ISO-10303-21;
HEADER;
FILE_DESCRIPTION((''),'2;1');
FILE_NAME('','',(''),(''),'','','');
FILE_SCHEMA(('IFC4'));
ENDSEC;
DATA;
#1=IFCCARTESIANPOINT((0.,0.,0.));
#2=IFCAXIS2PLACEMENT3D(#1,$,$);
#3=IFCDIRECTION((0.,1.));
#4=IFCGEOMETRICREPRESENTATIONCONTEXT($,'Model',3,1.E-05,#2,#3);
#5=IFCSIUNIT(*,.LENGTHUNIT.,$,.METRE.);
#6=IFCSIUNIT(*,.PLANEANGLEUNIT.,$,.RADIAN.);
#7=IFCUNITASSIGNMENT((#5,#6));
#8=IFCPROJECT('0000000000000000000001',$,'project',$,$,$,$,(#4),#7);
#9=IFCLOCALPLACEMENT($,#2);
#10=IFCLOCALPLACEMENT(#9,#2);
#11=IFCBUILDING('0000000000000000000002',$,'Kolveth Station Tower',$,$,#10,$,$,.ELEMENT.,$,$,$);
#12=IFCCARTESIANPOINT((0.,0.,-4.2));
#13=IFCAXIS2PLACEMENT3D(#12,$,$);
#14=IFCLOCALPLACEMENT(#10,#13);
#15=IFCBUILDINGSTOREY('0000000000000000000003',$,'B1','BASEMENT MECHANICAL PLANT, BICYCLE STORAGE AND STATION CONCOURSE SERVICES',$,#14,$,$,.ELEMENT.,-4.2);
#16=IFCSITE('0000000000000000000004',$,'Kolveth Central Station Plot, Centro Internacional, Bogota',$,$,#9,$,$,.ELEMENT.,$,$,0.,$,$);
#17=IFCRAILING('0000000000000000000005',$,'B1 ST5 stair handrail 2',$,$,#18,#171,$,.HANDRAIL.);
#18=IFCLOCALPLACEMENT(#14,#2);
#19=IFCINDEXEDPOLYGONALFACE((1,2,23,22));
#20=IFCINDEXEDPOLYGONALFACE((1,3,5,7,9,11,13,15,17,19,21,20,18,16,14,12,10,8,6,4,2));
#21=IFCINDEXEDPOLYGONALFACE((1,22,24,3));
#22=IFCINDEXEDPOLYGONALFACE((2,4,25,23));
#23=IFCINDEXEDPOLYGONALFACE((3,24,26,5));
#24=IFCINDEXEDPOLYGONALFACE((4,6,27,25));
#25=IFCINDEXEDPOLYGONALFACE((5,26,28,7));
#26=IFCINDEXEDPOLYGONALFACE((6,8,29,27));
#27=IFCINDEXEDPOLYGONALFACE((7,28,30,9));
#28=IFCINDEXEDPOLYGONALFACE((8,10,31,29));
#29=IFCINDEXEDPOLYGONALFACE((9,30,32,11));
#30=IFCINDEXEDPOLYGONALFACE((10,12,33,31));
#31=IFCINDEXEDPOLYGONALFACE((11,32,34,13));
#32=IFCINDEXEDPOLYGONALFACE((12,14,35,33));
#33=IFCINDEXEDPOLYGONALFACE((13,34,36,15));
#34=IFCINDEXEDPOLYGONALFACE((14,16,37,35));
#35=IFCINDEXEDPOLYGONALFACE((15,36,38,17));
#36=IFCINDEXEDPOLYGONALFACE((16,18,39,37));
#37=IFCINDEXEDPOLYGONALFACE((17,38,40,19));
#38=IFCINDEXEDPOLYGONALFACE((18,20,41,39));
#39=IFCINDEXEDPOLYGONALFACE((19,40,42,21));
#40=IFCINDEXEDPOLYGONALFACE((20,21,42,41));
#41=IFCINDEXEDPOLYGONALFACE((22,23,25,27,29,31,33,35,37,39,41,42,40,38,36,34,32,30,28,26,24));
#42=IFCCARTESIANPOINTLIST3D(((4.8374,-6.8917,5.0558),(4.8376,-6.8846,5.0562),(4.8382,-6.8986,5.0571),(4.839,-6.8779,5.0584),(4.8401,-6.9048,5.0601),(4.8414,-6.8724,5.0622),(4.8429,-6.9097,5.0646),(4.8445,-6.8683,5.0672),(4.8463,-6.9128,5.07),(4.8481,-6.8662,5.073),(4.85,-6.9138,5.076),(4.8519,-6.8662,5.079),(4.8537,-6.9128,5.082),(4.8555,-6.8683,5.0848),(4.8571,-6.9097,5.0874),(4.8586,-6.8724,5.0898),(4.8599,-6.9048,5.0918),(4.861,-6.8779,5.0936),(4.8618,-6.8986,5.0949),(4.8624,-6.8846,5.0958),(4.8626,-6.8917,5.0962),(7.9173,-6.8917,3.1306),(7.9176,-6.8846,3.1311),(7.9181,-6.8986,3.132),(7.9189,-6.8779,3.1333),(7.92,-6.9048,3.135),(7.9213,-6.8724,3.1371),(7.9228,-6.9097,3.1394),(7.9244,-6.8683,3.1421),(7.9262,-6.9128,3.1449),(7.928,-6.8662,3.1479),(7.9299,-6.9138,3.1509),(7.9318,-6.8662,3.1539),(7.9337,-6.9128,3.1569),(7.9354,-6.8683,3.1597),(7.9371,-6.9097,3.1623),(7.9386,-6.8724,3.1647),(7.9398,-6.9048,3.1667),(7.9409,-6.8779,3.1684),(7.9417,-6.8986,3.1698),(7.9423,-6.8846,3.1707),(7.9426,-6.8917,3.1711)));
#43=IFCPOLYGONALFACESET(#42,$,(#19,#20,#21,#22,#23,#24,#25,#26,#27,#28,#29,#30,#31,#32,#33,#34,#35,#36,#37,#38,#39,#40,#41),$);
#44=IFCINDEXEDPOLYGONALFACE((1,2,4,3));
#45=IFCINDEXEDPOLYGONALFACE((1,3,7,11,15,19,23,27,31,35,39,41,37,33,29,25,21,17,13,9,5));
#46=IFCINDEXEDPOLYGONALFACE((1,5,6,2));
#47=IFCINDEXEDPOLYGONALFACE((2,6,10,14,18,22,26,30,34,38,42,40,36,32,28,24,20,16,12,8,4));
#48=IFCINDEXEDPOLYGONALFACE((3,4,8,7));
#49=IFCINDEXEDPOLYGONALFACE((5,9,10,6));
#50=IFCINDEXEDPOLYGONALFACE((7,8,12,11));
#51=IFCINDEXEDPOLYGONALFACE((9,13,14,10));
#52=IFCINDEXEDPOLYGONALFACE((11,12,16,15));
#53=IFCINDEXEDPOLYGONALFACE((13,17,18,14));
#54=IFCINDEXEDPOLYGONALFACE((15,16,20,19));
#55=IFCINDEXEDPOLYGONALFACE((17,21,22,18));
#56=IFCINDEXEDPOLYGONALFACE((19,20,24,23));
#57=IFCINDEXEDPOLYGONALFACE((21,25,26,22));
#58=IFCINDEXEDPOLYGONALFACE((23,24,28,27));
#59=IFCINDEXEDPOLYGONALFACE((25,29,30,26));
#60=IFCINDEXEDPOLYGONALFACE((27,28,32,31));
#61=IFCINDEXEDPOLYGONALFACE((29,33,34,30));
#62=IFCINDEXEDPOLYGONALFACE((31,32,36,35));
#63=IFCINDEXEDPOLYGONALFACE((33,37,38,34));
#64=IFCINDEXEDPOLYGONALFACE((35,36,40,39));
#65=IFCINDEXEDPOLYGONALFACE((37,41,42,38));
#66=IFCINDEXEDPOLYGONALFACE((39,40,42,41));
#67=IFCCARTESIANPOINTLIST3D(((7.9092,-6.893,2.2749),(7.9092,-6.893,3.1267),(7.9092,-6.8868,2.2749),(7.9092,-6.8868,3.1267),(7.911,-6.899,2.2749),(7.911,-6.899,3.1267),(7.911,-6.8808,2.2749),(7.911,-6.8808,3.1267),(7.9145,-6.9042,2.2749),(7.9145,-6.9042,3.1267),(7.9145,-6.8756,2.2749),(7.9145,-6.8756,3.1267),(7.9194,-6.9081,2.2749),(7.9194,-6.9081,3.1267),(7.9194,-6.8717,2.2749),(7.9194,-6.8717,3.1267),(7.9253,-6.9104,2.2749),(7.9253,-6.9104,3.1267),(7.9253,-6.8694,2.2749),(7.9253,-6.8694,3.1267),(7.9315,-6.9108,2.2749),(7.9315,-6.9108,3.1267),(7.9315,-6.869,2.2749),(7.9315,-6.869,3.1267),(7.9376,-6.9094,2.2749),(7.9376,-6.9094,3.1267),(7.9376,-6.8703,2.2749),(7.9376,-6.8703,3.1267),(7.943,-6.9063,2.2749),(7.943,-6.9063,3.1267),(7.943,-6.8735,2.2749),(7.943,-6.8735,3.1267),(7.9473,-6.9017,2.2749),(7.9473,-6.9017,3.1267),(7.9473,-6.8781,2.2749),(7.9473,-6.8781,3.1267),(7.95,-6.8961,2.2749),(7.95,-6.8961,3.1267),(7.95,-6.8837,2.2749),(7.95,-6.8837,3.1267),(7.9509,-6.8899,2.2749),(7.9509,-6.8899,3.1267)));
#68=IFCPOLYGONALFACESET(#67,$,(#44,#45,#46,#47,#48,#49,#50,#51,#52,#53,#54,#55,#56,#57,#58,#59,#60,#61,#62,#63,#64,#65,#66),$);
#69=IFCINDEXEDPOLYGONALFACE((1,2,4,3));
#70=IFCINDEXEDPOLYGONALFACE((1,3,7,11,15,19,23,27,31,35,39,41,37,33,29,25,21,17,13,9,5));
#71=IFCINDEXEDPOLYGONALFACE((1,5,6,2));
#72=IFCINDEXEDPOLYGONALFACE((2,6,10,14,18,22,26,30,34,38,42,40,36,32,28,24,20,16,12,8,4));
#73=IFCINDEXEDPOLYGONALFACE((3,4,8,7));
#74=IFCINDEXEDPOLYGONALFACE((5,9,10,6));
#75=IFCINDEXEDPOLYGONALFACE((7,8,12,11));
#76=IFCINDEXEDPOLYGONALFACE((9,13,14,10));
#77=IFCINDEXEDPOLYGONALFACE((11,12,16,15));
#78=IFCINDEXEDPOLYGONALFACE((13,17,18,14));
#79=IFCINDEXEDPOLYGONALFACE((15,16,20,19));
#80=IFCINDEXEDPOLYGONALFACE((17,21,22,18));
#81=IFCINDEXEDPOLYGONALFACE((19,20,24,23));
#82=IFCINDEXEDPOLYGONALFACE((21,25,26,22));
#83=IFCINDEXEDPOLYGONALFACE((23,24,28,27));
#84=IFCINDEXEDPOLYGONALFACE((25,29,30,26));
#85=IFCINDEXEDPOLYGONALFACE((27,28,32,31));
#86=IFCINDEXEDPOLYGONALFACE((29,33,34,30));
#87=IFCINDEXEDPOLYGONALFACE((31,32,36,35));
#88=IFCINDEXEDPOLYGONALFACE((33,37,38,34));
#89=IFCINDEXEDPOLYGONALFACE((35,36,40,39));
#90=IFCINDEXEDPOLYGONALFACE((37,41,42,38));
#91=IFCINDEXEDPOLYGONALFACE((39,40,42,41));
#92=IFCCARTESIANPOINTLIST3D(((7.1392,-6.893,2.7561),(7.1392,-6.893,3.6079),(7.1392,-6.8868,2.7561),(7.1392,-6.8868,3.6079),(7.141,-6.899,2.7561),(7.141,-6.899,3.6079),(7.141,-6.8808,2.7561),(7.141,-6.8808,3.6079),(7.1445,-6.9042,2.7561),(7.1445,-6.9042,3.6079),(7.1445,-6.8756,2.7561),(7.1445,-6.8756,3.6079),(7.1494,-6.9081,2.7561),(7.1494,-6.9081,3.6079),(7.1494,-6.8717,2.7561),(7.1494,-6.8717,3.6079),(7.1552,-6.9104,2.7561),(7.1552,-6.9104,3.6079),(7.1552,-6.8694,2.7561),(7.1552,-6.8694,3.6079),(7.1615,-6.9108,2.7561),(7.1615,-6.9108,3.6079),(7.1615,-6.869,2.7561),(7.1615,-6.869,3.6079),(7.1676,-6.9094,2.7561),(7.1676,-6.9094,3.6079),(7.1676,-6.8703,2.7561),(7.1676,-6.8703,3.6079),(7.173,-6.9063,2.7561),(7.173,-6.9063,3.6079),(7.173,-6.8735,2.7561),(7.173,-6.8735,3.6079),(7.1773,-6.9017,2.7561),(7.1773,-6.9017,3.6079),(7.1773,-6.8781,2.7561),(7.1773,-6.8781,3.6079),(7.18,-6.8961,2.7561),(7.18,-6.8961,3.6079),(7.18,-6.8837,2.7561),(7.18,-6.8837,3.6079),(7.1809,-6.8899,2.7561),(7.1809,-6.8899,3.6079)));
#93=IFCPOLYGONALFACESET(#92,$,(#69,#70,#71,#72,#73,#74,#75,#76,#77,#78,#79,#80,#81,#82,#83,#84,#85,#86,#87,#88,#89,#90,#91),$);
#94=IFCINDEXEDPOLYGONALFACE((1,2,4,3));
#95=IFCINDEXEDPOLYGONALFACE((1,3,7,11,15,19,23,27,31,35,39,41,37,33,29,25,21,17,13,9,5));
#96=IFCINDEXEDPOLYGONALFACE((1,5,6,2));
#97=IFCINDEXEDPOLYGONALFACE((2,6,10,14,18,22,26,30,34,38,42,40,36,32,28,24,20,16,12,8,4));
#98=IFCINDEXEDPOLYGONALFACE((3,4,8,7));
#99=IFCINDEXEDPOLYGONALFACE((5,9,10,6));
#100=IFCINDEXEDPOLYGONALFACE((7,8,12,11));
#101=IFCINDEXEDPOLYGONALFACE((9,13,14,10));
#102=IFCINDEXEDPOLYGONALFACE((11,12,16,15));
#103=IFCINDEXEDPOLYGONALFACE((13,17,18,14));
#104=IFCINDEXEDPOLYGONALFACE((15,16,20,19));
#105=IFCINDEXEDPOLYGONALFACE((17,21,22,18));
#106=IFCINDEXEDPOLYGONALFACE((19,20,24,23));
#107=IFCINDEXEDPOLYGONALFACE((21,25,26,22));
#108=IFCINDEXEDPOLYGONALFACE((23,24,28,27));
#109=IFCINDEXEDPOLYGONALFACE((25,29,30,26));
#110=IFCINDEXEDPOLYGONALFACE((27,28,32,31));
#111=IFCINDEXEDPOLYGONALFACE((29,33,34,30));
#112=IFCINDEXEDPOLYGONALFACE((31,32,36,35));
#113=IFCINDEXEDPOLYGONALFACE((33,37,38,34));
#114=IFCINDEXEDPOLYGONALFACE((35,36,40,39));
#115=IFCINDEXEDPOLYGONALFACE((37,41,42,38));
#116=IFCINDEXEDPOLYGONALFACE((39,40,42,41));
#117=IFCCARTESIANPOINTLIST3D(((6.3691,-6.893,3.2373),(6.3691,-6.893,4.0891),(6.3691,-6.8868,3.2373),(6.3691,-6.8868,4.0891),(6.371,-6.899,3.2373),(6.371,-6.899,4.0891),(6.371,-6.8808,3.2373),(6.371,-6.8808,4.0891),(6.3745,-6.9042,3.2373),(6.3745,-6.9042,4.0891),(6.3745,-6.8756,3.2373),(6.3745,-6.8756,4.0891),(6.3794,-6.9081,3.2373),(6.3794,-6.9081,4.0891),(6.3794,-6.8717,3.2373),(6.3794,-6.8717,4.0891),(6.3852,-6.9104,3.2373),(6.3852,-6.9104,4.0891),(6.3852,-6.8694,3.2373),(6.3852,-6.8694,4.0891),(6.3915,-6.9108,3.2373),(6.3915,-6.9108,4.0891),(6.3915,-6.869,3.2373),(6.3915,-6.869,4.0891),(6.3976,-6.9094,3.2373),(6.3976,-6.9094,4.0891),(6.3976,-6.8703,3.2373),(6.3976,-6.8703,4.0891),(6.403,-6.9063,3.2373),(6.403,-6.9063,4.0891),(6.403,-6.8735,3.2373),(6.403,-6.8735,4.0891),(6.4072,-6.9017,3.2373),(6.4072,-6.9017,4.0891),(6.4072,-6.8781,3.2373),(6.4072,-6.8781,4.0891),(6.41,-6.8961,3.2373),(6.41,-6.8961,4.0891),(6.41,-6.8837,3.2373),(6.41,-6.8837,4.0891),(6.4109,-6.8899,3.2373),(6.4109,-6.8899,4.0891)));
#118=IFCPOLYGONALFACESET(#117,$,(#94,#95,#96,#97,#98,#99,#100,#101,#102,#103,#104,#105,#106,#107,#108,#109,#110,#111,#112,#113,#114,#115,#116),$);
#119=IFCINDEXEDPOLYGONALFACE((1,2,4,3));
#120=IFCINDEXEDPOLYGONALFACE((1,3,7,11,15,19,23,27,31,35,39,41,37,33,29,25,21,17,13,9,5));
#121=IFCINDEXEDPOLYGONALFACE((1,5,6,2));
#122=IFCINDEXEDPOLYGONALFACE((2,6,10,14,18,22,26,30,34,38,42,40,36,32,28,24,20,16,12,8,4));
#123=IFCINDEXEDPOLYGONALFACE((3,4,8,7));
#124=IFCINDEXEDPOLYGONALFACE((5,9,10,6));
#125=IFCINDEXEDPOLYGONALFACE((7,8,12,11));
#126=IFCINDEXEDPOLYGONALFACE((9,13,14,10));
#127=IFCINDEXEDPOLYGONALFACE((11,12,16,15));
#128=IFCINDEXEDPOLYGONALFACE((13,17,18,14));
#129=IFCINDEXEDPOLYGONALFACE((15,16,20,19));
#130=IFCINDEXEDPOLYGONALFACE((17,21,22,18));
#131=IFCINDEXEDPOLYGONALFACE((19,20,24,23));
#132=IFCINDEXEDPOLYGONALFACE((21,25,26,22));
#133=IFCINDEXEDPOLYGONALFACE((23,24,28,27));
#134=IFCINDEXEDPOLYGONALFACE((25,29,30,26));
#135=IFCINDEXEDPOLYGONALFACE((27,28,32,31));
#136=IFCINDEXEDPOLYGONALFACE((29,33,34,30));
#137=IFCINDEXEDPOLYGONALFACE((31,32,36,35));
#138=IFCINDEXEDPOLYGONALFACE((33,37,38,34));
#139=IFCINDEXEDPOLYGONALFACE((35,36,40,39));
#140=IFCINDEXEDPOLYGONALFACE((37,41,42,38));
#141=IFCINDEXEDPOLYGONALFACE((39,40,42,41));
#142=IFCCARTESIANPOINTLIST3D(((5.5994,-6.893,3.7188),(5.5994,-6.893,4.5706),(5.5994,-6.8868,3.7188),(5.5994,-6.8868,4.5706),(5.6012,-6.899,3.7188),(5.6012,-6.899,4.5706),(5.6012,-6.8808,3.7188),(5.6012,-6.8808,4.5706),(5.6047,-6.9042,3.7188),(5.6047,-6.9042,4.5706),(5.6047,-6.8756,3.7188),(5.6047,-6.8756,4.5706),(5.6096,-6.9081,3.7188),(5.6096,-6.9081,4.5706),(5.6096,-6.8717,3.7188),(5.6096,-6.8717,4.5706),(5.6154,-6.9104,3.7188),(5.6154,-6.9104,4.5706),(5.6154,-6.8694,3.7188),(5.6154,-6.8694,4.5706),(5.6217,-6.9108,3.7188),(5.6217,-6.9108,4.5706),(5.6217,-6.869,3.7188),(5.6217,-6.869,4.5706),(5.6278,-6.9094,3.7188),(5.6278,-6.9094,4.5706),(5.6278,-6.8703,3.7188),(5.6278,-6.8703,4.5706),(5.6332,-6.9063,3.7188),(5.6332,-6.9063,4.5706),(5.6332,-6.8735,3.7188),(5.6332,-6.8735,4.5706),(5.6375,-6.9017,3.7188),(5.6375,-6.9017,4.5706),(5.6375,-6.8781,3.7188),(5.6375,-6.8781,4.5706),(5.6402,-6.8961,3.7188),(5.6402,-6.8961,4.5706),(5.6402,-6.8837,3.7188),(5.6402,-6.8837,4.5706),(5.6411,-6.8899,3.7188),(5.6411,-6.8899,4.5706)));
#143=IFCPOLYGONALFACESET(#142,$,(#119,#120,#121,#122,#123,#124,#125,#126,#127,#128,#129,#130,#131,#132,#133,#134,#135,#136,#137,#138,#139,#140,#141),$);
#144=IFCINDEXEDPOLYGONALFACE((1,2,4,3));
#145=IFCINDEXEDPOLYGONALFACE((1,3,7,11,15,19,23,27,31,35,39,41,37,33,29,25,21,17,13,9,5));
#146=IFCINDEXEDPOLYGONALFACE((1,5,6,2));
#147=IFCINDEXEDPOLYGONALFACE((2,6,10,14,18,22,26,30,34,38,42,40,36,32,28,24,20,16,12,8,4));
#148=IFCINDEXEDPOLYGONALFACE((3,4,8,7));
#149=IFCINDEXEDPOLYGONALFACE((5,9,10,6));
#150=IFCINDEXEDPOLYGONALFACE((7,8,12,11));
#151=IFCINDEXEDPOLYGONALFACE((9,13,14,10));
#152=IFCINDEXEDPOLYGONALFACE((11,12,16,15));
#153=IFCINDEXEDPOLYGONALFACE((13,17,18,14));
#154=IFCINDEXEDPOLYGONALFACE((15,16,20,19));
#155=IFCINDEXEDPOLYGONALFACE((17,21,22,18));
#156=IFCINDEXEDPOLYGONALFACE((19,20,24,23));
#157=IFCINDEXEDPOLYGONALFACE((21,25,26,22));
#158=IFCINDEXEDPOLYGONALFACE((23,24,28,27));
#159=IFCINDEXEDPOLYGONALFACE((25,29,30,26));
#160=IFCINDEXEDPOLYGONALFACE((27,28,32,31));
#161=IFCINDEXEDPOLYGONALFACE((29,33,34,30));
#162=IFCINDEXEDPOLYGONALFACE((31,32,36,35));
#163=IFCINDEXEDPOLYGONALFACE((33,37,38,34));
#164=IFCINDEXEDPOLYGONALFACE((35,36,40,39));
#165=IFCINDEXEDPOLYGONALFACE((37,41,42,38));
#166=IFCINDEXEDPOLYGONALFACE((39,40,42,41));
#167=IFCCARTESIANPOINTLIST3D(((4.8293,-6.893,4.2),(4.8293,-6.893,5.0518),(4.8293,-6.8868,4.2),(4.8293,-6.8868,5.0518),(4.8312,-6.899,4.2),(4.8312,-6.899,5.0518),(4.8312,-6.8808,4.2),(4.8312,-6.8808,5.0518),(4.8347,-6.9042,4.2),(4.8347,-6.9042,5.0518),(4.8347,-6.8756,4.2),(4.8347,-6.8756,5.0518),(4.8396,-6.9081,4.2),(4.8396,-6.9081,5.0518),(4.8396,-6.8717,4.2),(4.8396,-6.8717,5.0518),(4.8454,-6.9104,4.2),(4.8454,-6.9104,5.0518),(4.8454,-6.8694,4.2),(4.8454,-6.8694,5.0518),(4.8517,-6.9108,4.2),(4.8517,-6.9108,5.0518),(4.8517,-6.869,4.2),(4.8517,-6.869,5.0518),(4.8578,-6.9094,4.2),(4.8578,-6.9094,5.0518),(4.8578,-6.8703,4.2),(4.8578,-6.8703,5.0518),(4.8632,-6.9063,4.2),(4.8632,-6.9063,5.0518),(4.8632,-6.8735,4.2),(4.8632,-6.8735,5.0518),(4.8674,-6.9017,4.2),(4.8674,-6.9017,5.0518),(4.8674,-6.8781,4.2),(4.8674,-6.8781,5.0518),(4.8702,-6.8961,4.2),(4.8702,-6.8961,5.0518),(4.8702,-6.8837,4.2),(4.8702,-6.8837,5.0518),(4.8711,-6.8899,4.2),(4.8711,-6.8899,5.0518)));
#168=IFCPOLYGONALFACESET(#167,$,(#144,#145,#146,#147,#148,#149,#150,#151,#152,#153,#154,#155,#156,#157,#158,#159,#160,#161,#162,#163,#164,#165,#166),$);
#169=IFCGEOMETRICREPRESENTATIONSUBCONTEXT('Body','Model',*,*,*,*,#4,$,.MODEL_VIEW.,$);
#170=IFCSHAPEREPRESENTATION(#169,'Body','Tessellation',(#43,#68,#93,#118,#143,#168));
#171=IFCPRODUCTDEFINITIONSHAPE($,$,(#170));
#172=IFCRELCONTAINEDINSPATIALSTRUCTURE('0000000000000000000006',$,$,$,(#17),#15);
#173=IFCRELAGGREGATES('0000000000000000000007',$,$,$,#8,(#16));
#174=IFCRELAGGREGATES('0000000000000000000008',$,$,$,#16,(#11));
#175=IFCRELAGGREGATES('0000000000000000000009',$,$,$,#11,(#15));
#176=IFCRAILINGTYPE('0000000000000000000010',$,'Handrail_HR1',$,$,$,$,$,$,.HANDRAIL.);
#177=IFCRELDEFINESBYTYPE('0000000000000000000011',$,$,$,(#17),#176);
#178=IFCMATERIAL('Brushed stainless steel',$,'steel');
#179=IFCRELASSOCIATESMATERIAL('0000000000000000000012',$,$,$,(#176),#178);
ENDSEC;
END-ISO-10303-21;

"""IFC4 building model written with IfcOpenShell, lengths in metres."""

from ifc_helpers import new_model, si_unit, direction, frame, origin, origin_2d, place, context, subcontext, project, spatial, circle, extrude, material, type_object, element, save


model = new_model("IFC4")

# Units and contexts
model_context = context("Model", 3, precision=1e-05, world=origin(), true_north=direction((0.0, 1.0)))
body_context = subcontext(model_context, "Body", "Model", "MODEL_VIEW")
ifc_project = project(units=[si_unit("LENGTHUNIT", "METRE"), si_unit("PLANEANGLEUNIT", "RADIAN")], contexts=[model_context])

# Site, building, storey
site_placement = place(None, origin())
site = spatial("IfcSite", under=ifc_project, at=site_placement, Name="Kolveth Central Station Plot, Centro Internacional, Bogota", CompositionType="ELEMENT", RefElevation=0.0)
building_placement = place(site_placement, origin())
building = spatial("IfcBuilding", under=site, at=building_placement, Name="Kolveth Station Tower", CompositionType="ELEMENT")
storey_placement = place(building_placement, frame((0.0, 0.0, -4.2)))
storey = spatial("IfcBuildingStorey", under=building, at=storey_placement, Name="B1", Description="BASEMENT MECHANICAL PLANT, BICYCLE STORAGE AND STATION CONCOURSE SERVICES", CompositionType="ELEMENT", Elevation=-4.2)

# Railing
ifc_material_1 = material(Name="Brushed stainless steel", Category="steel")
railing_type_1 = type_object("IfcRailingType", Name="Handrail_HR1", PredefinedType="HANDRAIL", material=ifc_material_1)
railing_1_placement = place(storey_placement, frame((7.9299, -6.8899, 2.2749)))
element("IfcRailing", 1, at=railing_1_placement, inside=storey, type_object=railing_type_1, Name="B1 ST5 stair handrail 2", PredefinedType="HANDRAIL", context=body_context, shape_type="SweptSolid", body=[
    extrude(circle(Radius=0.0239, at=origin_2d()), frame((0.0, 0.0, 0.876), z_axis=(-0.847979, 0.0, 0.530029), x_axis=(0.0, -1.0, 0.0)), (0.0, 0.0, 1.0), 3.6321),
    extrude(circle(Radius=0.021, at=origin_2d()), origin(), (0.0, 0.0, 1.0), 0.8518),
    extrude(circle(Radius=0.021, at=origin_2d()), frame((-0.77, 0.0, 0.4812)), (0.0, 0.0, 1.0), 0.8518),
    extrude(circle(Radius=0.021, at=origin_2d()), frame((-1.54, 0.0, 0.9624)), (0.0, 0.0, 1.0), 0.8518),
    extrude(circle(Radius=0.021, at=origin_2d()), frame((-2.3098, 0.0, 1.4438)), (0.0, 0.0, 1.0), 0.8518),
    extrude(circle(Radius=0.021, at=origin_2d()), frame((-3.0798, 0.0, 1.925)), (0.0, 0.0, 1.0), 0.8518),
])

save(model, "model.ifc")
